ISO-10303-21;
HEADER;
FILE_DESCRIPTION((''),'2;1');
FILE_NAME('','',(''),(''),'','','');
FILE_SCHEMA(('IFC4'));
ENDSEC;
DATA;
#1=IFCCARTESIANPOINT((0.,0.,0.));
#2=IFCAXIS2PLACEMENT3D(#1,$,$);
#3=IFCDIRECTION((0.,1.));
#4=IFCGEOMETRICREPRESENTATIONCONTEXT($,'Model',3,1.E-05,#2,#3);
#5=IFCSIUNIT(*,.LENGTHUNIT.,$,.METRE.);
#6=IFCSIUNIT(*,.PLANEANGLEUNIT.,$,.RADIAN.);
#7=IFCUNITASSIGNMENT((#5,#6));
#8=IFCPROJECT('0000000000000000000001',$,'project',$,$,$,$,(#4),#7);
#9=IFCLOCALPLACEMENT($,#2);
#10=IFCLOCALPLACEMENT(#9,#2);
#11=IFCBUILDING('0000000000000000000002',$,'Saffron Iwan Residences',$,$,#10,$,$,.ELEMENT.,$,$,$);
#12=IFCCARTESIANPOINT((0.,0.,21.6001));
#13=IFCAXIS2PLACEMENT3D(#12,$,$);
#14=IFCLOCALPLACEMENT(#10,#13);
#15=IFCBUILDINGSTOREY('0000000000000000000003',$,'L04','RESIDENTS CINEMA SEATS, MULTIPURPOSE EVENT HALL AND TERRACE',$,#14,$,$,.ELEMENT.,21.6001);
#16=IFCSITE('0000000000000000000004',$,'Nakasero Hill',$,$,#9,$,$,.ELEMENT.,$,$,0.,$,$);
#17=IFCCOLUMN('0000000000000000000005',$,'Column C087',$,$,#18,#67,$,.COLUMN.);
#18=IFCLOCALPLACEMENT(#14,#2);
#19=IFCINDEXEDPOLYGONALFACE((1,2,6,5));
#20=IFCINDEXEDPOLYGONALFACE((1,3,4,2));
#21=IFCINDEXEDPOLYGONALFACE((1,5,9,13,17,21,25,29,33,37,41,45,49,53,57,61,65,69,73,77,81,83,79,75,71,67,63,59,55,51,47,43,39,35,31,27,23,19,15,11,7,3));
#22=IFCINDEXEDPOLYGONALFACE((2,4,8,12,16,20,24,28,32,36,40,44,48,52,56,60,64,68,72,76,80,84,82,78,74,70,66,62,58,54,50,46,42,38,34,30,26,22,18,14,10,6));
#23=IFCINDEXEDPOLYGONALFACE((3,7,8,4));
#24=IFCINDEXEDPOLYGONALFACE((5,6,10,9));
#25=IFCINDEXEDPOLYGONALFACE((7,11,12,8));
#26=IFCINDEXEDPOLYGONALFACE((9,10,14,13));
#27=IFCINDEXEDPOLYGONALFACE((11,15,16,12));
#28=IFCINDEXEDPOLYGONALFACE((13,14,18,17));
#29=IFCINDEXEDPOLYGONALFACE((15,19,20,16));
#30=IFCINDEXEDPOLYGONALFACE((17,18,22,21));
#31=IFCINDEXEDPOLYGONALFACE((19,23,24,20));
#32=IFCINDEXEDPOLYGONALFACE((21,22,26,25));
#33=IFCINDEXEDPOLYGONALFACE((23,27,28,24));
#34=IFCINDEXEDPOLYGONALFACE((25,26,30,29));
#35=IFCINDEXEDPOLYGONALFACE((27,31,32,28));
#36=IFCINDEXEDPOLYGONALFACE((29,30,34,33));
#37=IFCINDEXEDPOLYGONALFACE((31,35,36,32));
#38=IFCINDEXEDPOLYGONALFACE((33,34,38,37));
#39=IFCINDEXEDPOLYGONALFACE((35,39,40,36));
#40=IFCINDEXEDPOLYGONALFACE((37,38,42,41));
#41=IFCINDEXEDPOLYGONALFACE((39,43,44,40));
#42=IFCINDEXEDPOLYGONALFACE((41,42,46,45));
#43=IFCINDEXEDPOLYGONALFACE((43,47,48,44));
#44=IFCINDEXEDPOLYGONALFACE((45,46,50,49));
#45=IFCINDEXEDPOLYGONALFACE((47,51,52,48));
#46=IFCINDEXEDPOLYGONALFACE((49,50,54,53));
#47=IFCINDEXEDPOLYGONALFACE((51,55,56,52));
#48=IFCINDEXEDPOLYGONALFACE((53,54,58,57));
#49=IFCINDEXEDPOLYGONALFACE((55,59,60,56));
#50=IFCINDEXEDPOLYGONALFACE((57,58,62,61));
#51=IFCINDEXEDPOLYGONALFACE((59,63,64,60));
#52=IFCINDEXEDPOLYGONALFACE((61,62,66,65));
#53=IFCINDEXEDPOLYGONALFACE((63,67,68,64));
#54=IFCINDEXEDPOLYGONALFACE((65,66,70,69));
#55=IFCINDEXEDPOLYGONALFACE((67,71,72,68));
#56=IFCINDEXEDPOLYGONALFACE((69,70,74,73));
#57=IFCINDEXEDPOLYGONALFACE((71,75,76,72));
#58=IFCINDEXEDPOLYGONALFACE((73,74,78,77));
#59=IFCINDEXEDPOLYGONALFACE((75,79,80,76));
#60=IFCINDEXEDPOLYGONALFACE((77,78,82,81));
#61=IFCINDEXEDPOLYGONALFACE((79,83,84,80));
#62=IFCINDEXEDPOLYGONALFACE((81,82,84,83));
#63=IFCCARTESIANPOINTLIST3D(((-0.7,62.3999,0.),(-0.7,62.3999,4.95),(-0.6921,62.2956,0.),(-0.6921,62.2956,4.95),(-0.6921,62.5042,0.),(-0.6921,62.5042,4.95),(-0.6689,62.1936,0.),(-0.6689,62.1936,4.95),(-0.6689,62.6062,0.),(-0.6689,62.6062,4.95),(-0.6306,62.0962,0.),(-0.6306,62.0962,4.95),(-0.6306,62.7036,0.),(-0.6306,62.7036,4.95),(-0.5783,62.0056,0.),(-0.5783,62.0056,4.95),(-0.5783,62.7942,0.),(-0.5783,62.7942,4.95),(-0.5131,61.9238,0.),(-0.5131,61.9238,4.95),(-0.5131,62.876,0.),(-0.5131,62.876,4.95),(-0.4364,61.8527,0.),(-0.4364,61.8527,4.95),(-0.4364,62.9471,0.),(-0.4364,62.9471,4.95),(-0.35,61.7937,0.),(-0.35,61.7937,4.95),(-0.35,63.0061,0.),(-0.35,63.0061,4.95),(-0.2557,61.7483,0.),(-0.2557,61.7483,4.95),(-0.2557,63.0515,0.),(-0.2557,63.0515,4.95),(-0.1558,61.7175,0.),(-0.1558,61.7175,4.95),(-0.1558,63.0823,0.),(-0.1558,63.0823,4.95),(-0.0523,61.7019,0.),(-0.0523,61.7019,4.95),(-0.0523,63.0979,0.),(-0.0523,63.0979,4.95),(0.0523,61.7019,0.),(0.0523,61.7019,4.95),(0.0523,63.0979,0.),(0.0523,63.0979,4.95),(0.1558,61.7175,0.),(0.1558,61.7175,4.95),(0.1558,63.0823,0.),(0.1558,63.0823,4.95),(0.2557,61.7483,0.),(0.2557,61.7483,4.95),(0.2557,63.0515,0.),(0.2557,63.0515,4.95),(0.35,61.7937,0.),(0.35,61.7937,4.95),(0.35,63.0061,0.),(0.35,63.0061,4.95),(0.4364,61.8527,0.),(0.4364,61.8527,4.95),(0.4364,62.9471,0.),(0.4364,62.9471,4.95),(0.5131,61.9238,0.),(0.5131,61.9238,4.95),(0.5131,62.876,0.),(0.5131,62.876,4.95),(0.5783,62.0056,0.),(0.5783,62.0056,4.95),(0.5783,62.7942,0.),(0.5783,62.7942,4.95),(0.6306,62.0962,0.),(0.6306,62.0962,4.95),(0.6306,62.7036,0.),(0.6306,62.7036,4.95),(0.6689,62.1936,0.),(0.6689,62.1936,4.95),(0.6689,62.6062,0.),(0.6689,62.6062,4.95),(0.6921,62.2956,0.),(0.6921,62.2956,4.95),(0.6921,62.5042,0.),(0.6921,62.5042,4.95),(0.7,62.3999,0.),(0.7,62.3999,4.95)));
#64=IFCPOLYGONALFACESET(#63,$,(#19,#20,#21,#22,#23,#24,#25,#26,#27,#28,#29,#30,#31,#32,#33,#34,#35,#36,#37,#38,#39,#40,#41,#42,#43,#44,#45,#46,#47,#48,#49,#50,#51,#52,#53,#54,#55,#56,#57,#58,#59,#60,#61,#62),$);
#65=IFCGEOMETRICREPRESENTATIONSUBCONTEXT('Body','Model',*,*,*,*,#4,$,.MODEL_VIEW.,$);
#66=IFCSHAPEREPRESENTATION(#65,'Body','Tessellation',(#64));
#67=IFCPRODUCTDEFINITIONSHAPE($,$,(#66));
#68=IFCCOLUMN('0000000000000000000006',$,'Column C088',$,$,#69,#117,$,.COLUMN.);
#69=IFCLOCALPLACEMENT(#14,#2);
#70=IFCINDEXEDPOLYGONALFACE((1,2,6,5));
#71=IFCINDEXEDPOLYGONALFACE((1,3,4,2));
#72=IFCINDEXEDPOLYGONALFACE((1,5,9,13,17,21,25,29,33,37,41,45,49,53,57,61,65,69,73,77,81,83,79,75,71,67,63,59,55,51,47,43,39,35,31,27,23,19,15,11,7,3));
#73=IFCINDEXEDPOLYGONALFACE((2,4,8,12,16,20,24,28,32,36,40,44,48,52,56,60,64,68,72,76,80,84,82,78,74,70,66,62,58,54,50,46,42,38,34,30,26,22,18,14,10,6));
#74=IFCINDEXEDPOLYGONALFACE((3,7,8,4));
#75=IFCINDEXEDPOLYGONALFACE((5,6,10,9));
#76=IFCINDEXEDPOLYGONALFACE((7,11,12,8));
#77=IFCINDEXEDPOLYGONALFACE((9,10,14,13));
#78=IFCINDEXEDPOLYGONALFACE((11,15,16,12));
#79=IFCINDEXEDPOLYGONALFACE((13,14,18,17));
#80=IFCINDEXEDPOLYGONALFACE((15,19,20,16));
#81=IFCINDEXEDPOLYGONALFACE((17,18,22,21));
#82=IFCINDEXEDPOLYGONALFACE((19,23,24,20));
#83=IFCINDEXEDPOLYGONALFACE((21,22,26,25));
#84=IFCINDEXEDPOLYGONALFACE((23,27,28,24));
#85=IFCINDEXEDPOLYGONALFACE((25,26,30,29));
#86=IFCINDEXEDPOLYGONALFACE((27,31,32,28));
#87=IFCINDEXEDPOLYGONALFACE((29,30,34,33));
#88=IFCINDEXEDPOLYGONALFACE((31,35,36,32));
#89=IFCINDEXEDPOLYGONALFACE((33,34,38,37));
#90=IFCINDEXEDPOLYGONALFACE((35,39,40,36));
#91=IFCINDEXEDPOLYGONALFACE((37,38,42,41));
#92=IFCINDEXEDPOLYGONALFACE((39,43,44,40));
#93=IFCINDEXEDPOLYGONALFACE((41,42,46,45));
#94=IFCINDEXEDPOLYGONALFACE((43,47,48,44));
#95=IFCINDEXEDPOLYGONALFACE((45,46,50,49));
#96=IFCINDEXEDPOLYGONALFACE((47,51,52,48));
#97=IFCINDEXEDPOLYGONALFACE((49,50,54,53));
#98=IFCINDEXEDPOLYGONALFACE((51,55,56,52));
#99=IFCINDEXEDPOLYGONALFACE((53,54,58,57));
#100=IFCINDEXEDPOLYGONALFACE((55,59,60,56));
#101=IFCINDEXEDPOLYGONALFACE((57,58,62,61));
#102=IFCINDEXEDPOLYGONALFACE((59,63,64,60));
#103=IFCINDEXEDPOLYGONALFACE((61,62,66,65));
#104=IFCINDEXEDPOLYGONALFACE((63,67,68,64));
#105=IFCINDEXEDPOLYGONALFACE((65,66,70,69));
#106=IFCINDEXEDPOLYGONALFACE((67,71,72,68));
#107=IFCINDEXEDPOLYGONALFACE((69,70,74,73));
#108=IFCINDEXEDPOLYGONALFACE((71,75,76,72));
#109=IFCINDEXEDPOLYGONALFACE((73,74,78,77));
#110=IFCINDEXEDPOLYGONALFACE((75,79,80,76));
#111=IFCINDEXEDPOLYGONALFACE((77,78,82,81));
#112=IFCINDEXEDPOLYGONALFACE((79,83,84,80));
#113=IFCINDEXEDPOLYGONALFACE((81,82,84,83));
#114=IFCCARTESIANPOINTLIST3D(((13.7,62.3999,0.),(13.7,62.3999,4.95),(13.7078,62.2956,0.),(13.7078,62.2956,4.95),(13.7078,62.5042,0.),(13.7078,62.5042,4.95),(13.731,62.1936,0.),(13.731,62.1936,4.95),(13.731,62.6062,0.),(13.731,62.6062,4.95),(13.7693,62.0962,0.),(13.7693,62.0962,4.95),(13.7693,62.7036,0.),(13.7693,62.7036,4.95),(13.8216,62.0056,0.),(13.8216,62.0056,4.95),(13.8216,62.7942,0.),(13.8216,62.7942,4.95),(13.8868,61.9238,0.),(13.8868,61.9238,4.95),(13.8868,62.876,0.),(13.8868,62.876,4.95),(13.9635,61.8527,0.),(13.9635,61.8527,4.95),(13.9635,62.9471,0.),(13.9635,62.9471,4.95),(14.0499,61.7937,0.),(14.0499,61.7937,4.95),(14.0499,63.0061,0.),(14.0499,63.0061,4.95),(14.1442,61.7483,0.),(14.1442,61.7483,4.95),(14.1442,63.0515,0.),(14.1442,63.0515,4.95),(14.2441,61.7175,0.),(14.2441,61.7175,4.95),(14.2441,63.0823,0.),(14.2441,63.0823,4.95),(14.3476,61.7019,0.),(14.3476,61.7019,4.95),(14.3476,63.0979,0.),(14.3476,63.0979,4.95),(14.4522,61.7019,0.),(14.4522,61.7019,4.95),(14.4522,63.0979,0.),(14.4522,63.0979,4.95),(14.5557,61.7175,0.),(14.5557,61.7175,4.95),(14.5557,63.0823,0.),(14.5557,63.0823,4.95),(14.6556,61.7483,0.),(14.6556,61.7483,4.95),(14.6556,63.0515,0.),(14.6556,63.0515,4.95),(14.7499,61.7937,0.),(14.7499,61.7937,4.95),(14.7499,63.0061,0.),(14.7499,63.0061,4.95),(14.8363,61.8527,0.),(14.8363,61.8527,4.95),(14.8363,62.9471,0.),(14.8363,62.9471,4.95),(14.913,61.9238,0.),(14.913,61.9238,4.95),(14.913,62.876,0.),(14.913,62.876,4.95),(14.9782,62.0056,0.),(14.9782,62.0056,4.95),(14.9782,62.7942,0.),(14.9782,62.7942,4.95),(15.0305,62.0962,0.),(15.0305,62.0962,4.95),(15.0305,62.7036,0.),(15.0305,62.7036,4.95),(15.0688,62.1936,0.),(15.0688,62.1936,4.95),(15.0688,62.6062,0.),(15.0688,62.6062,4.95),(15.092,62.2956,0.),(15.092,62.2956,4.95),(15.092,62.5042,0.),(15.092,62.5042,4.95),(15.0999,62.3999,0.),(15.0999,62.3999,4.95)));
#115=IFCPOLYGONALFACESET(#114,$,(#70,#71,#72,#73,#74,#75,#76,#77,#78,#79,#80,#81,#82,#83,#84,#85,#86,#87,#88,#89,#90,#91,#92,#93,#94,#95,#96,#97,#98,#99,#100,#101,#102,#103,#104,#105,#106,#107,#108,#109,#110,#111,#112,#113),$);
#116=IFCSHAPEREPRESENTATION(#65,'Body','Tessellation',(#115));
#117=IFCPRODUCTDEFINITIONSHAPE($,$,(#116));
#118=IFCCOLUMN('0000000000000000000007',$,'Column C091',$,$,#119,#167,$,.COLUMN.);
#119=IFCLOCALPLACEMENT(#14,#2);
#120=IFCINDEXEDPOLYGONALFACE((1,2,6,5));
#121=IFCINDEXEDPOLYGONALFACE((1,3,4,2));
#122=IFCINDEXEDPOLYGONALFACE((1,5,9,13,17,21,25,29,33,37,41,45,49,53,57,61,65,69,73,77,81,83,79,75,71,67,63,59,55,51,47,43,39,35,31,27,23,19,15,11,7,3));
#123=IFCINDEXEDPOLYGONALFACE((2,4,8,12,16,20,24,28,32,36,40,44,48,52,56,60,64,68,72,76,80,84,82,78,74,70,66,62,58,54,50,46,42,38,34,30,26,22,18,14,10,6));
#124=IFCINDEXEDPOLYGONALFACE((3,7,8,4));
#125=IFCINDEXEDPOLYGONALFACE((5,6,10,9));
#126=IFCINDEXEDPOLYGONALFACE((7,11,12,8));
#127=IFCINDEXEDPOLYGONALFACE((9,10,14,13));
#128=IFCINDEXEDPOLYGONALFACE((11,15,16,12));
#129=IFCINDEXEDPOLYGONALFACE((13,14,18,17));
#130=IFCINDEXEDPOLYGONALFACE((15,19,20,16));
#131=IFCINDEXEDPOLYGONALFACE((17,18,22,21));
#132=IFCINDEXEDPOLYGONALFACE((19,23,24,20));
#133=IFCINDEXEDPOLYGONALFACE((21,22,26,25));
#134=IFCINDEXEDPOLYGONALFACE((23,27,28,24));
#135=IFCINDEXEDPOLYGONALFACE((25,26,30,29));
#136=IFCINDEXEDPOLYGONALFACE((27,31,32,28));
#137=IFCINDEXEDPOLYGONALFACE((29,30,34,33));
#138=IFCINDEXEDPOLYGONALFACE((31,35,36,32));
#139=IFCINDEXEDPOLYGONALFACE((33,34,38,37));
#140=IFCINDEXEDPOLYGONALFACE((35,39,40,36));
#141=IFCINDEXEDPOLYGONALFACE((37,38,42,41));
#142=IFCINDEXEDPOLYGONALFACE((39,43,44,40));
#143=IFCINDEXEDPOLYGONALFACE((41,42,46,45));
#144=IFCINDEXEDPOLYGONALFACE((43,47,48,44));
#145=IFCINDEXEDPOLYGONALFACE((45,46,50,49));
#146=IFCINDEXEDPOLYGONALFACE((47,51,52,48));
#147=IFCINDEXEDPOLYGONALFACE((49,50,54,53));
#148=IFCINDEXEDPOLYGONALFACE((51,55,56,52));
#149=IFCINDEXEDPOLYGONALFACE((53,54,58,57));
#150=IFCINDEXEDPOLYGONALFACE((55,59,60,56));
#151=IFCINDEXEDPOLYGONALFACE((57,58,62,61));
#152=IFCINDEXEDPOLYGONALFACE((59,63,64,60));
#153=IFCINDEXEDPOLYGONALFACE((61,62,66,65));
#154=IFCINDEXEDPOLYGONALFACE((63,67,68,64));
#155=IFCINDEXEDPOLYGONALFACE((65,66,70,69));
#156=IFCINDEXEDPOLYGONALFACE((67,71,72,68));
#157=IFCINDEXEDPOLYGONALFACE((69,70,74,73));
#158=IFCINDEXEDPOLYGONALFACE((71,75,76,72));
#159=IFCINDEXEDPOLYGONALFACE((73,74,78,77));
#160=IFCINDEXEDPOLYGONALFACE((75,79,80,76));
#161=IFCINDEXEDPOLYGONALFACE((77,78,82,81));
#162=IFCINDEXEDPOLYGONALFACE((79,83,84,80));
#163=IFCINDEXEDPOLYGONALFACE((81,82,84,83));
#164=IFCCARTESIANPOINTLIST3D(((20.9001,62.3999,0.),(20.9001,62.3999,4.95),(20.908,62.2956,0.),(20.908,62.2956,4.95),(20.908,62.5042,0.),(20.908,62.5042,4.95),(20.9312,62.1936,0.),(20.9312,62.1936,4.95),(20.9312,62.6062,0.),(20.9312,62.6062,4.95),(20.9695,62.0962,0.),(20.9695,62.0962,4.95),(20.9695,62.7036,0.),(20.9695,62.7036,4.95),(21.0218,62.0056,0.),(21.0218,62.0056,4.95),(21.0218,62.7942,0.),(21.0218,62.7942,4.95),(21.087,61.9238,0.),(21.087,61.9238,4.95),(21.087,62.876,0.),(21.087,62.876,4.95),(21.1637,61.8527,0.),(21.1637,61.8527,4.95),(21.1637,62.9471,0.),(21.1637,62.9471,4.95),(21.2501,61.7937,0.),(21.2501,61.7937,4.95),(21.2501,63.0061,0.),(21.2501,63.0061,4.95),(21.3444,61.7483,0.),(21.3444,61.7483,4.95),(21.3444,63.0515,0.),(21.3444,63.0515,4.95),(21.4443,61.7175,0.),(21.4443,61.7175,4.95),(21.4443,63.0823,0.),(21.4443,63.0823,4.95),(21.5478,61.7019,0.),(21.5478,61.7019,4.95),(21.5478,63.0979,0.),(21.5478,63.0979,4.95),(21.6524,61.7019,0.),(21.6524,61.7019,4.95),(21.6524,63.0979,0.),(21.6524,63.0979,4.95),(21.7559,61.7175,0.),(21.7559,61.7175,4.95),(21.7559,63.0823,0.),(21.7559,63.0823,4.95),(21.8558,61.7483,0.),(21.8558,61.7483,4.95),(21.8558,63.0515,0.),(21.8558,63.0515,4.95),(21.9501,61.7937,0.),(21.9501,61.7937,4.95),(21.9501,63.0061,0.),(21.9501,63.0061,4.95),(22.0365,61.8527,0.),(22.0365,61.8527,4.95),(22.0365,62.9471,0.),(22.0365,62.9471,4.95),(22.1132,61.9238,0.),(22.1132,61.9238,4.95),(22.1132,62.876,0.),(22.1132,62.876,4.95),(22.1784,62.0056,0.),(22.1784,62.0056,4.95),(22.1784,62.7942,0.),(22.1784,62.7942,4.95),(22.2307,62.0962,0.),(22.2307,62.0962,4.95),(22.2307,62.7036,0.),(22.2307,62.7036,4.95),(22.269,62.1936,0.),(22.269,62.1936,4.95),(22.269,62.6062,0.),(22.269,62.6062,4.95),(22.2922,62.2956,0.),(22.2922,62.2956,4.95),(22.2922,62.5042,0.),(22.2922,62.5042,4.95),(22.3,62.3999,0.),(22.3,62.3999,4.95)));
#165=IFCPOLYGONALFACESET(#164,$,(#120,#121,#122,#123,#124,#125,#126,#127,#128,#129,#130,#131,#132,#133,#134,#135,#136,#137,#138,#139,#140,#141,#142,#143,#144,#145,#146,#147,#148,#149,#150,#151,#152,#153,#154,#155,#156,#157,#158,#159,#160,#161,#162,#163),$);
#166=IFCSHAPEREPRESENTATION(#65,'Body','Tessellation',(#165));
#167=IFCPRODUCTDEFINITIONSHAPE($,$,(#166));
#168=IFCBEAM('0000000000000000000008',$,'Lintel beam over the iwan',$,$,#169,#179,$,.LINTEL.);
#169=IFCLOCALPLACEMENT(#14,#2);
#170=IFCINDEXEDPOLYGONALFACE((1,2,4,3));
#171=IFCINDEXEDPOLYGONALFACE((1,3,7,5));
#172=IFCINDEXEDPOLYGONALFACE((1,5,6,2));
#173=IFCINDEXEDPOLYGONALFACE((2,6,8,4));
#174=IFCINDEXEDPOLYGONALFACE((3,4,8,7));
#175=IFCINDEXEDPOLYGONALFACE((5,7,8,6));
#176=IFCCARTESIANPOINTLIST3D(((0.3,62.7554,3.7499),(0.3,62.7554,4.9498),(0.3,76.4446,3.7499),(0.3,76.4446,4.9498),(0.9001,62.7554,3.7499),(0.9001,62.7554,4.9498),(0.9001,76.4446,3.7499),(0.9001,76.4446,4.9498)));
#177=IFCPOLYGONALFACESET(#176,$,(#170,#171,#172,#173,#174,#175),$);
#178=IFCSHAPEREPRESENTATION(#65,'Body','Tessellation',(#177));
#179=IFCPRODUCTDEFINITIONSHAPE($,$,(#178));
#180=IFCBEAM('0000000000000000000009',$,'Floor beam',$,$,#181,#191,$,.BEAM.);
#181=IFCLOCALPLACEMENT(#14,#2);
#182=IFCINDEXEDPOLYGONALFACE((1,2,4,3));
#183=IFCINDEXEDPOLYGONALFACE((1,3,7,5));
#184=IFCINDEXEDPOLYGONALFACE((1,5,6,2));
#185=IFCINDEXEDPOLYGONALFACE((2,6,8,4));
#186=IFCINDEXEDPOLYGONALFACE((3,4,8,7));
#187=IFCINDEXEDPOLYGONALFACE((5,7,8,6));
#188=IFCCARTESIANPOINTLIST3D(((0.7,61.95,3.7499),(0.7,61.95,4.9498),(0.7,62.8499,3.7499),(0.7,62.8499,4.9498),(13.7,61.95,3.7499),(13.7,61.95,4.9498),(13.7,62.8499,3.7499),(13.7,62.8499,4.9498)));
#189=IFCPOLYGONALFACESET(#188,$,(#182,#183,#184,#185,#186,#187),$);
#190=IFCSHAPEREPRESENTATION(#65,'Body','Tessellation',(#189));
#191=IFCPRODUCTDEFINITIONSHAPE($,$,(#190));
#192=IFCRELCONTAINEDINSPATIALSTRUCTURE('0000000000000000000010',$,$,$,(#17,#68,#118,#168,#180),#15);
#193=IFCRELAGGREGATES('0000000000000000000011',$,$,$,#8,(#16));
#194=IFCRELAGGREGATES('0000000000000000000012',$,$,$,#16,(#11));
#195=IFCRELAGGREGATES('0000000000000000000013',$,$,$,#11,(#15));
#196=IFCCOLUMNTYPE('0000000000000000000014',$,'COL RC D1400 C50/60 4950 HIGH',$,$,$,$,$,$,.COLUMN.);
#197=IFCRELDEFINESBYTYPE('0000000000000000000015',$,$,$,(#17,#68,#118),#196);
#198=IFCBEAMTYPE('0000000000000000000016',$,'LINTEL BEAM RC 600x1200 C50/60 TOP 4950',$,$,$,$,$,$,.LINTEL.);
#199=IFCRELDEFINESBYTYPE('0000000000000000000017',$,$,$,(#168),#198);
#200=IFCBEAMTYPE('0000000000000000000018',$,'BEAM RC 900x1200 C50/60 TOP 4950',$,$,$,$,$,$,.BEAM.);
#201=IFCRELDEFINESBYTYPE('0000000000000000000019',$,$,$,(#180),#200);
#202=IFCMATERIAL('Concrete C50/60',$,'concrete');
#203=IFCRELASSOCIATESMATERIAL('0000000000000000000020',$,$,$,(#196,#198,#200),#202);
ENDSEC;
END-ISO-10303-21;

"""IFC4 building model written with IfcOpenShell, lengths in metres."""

from ifc_helpers import new_model, si_unit, direction, frame, origin, origin_2d, place, context, subcontext, project, spatial, rectangle, circle, extrude, source, transform, mapped, material, material_profile, profile_set, type_object, element, save


model = new_model("IFC4")

# Units and contexts
model_context = context("Model", 3, precision=1e-05, world=origin(), true_north=direction((0.0, 1.0)))
body_context = subcontext(model_context, "Body", "Model", "MODEL_VIEW")
ifc_project = project(units=[si_unit("LENGTHUNIT", "METRE"), si_unit("PLANEANGLEUNIT", "RADIAN")], contexts=[model_context])

# Site, building, storey
site_placement = place(None, origin())
site = spatial("IfcSite", under=ifc_project, at=site_placement, Name="Nakasero Hill", CompositionType="ELEMENT", RefElevation=0.0)
building_placement = place(site_placement, origin())
building = spatial("IfcBuilding", under=site, at=building_placement, Name="Saffron Iwan Residences", CompositionType="ELEMENT")
storey_placement = place(building_placement, frame((0.0, 0.0, 21.6001)))
storey = spatial("IfcBuildingStorey", under=building, at=storey_placement, Name="L04", Description="RESIDENTS CINEMA SEATS, MULTIPURPOSE EVENT HALL AND TERRACE", CompositionType="ELEMENT", Elevation=21.6001)

# Columns
ifc_material_1 = material(Name="Concrete C50/60", Category="concrete")
ifc_material_profile_1 = material_profile(ifc_material_1, circle(Radius=0.7, at=origin_2d()), Name="RC D1400")
ifc_profile_set_1 = profile_set([ifc_material_profile_1], Name="Concrete C50/60")
column_type = type_object("IfcColumnType", Name="COL RC D1400 C50/60 4950 HIGH", PredefinedType="COLUMN", material=ifc_profile_set_1)
shared_shape_1 = source(origin(), body_context, "Body", "SweptSolid", [
    extrude(circle(Radius=0.7, at=origin_2d()), origin(), (0.0, 0.0, 1.0), 4.95),
])
for number, where, z_axis, x_axis, name in (
    (1, (0.0, 62.3999, 0.0), (0.0, 0.0, 1.0), (1.0, 0.0, 0.0), "Column C087"),
    (2, (14.3999, 62.3999, 0.0), (0.0, 0.0, 1.0), (1.0, 0.0, 0.0), "Column C088"),
    (3, (21.6001, 62.3999, 0.0), (0.0, 0.0, 1.0), (1.0, 0.0, 0.0), "Column C091"),
):
    element("IfcColumn", number, at=place(storey_placement, frame(where, z_axis=z_axis, x_axis=x_axis)), inside=storey, type_object=column_type, Name=name, PredefinedType="COLUMN", context=body_context, shape_type="MappedRepresentation", body=[
        mapped(shared_shape_1, transform((0.0, 0.0, 0.0))),
    ])

# Beams
ifc_material_profile_2 = material_profile(ifc_material_1, rectangle(XDim=0.6001, YDim=1.2, at=origin_2d()), Name="RC 600x1200")
ifc_profile_set_2 = profile_set([ifc_material_profile_2], Name="Concrete C50/60")
beam_type_1 = type_object("IfcBeamType", Name="LINTEL BEAM RC 600x1200 C50/60 TOP 4950", PredefinedType="LINTEL", material=ifc_profile_set_2)
shared_shape_2 = source(origin(), body_context, "Body", "SweptSolid", [
    extrude(rectangle(XDim=0.6001, YDim=1.2, at=origin_2d()), origin(), (0.0, 0.0, 1.0), 13.6892),
])
beam_1_placement = place(storey_placement, frame((0.6001, 62.7554, 4.3499), z_axis=(0.0, 1.0, 0.0), x_axis=(-1.0, 0.0, 0.0)))
element("IfcBeam", 4, at=beam_1_placement, inside=storey, type_object=beam_type_1, Name="Lintel beam over the iwan", PredefinedType="LINTEL", context=body_context, shape_type="MappedRepresentation", body=[
    mapped(shared_shape_2, transform((0.0, 0.0, 0.0))),
])
ifc_material_profile_3 = material_profile(ifc_material_1, rectangle(XDim=0.8999, YDim=1.2, at=origin_2d()), Name="RC 900x1200")
ifc_profile_set_3 = profile_set([ifc_material_profile_3], Name="Concrete C50/60")
beam_type_2 = type_object("IfcBeamType", Name="BEAM RC 900x1200 C50/60 TOP 4950", PredefinedType="BEAM", material=ifc_profile_set_3)
shared_shape_3 = source(origin(), body_context, "Body", "SweptSolid", [
    extrude(rectangle(XDim=0.8999, YDim=1.2, at=origin_2d()), origin(), (0.0, 0.0, 1.0), 13.0),
])
beam_2_placement = place(storey_placement, frame((0.7, 62.3999, 4.3499), z_axis=(1.0, 0.0, 0.0), x_axis=(0.0, 1.0, 0.0)))
element("IfcBeam", 5, at=beam_2_placement, inside=storey, type_object=beam_type_2, Name="Floor beam", PredefinedType="BEAM", context=body_context, shape_type="MappedRepresentation", body=[
    mapped(shared_shape_3, transform((0.0, 0.0, 0.0))),
])

save(model, "model.ifc")
